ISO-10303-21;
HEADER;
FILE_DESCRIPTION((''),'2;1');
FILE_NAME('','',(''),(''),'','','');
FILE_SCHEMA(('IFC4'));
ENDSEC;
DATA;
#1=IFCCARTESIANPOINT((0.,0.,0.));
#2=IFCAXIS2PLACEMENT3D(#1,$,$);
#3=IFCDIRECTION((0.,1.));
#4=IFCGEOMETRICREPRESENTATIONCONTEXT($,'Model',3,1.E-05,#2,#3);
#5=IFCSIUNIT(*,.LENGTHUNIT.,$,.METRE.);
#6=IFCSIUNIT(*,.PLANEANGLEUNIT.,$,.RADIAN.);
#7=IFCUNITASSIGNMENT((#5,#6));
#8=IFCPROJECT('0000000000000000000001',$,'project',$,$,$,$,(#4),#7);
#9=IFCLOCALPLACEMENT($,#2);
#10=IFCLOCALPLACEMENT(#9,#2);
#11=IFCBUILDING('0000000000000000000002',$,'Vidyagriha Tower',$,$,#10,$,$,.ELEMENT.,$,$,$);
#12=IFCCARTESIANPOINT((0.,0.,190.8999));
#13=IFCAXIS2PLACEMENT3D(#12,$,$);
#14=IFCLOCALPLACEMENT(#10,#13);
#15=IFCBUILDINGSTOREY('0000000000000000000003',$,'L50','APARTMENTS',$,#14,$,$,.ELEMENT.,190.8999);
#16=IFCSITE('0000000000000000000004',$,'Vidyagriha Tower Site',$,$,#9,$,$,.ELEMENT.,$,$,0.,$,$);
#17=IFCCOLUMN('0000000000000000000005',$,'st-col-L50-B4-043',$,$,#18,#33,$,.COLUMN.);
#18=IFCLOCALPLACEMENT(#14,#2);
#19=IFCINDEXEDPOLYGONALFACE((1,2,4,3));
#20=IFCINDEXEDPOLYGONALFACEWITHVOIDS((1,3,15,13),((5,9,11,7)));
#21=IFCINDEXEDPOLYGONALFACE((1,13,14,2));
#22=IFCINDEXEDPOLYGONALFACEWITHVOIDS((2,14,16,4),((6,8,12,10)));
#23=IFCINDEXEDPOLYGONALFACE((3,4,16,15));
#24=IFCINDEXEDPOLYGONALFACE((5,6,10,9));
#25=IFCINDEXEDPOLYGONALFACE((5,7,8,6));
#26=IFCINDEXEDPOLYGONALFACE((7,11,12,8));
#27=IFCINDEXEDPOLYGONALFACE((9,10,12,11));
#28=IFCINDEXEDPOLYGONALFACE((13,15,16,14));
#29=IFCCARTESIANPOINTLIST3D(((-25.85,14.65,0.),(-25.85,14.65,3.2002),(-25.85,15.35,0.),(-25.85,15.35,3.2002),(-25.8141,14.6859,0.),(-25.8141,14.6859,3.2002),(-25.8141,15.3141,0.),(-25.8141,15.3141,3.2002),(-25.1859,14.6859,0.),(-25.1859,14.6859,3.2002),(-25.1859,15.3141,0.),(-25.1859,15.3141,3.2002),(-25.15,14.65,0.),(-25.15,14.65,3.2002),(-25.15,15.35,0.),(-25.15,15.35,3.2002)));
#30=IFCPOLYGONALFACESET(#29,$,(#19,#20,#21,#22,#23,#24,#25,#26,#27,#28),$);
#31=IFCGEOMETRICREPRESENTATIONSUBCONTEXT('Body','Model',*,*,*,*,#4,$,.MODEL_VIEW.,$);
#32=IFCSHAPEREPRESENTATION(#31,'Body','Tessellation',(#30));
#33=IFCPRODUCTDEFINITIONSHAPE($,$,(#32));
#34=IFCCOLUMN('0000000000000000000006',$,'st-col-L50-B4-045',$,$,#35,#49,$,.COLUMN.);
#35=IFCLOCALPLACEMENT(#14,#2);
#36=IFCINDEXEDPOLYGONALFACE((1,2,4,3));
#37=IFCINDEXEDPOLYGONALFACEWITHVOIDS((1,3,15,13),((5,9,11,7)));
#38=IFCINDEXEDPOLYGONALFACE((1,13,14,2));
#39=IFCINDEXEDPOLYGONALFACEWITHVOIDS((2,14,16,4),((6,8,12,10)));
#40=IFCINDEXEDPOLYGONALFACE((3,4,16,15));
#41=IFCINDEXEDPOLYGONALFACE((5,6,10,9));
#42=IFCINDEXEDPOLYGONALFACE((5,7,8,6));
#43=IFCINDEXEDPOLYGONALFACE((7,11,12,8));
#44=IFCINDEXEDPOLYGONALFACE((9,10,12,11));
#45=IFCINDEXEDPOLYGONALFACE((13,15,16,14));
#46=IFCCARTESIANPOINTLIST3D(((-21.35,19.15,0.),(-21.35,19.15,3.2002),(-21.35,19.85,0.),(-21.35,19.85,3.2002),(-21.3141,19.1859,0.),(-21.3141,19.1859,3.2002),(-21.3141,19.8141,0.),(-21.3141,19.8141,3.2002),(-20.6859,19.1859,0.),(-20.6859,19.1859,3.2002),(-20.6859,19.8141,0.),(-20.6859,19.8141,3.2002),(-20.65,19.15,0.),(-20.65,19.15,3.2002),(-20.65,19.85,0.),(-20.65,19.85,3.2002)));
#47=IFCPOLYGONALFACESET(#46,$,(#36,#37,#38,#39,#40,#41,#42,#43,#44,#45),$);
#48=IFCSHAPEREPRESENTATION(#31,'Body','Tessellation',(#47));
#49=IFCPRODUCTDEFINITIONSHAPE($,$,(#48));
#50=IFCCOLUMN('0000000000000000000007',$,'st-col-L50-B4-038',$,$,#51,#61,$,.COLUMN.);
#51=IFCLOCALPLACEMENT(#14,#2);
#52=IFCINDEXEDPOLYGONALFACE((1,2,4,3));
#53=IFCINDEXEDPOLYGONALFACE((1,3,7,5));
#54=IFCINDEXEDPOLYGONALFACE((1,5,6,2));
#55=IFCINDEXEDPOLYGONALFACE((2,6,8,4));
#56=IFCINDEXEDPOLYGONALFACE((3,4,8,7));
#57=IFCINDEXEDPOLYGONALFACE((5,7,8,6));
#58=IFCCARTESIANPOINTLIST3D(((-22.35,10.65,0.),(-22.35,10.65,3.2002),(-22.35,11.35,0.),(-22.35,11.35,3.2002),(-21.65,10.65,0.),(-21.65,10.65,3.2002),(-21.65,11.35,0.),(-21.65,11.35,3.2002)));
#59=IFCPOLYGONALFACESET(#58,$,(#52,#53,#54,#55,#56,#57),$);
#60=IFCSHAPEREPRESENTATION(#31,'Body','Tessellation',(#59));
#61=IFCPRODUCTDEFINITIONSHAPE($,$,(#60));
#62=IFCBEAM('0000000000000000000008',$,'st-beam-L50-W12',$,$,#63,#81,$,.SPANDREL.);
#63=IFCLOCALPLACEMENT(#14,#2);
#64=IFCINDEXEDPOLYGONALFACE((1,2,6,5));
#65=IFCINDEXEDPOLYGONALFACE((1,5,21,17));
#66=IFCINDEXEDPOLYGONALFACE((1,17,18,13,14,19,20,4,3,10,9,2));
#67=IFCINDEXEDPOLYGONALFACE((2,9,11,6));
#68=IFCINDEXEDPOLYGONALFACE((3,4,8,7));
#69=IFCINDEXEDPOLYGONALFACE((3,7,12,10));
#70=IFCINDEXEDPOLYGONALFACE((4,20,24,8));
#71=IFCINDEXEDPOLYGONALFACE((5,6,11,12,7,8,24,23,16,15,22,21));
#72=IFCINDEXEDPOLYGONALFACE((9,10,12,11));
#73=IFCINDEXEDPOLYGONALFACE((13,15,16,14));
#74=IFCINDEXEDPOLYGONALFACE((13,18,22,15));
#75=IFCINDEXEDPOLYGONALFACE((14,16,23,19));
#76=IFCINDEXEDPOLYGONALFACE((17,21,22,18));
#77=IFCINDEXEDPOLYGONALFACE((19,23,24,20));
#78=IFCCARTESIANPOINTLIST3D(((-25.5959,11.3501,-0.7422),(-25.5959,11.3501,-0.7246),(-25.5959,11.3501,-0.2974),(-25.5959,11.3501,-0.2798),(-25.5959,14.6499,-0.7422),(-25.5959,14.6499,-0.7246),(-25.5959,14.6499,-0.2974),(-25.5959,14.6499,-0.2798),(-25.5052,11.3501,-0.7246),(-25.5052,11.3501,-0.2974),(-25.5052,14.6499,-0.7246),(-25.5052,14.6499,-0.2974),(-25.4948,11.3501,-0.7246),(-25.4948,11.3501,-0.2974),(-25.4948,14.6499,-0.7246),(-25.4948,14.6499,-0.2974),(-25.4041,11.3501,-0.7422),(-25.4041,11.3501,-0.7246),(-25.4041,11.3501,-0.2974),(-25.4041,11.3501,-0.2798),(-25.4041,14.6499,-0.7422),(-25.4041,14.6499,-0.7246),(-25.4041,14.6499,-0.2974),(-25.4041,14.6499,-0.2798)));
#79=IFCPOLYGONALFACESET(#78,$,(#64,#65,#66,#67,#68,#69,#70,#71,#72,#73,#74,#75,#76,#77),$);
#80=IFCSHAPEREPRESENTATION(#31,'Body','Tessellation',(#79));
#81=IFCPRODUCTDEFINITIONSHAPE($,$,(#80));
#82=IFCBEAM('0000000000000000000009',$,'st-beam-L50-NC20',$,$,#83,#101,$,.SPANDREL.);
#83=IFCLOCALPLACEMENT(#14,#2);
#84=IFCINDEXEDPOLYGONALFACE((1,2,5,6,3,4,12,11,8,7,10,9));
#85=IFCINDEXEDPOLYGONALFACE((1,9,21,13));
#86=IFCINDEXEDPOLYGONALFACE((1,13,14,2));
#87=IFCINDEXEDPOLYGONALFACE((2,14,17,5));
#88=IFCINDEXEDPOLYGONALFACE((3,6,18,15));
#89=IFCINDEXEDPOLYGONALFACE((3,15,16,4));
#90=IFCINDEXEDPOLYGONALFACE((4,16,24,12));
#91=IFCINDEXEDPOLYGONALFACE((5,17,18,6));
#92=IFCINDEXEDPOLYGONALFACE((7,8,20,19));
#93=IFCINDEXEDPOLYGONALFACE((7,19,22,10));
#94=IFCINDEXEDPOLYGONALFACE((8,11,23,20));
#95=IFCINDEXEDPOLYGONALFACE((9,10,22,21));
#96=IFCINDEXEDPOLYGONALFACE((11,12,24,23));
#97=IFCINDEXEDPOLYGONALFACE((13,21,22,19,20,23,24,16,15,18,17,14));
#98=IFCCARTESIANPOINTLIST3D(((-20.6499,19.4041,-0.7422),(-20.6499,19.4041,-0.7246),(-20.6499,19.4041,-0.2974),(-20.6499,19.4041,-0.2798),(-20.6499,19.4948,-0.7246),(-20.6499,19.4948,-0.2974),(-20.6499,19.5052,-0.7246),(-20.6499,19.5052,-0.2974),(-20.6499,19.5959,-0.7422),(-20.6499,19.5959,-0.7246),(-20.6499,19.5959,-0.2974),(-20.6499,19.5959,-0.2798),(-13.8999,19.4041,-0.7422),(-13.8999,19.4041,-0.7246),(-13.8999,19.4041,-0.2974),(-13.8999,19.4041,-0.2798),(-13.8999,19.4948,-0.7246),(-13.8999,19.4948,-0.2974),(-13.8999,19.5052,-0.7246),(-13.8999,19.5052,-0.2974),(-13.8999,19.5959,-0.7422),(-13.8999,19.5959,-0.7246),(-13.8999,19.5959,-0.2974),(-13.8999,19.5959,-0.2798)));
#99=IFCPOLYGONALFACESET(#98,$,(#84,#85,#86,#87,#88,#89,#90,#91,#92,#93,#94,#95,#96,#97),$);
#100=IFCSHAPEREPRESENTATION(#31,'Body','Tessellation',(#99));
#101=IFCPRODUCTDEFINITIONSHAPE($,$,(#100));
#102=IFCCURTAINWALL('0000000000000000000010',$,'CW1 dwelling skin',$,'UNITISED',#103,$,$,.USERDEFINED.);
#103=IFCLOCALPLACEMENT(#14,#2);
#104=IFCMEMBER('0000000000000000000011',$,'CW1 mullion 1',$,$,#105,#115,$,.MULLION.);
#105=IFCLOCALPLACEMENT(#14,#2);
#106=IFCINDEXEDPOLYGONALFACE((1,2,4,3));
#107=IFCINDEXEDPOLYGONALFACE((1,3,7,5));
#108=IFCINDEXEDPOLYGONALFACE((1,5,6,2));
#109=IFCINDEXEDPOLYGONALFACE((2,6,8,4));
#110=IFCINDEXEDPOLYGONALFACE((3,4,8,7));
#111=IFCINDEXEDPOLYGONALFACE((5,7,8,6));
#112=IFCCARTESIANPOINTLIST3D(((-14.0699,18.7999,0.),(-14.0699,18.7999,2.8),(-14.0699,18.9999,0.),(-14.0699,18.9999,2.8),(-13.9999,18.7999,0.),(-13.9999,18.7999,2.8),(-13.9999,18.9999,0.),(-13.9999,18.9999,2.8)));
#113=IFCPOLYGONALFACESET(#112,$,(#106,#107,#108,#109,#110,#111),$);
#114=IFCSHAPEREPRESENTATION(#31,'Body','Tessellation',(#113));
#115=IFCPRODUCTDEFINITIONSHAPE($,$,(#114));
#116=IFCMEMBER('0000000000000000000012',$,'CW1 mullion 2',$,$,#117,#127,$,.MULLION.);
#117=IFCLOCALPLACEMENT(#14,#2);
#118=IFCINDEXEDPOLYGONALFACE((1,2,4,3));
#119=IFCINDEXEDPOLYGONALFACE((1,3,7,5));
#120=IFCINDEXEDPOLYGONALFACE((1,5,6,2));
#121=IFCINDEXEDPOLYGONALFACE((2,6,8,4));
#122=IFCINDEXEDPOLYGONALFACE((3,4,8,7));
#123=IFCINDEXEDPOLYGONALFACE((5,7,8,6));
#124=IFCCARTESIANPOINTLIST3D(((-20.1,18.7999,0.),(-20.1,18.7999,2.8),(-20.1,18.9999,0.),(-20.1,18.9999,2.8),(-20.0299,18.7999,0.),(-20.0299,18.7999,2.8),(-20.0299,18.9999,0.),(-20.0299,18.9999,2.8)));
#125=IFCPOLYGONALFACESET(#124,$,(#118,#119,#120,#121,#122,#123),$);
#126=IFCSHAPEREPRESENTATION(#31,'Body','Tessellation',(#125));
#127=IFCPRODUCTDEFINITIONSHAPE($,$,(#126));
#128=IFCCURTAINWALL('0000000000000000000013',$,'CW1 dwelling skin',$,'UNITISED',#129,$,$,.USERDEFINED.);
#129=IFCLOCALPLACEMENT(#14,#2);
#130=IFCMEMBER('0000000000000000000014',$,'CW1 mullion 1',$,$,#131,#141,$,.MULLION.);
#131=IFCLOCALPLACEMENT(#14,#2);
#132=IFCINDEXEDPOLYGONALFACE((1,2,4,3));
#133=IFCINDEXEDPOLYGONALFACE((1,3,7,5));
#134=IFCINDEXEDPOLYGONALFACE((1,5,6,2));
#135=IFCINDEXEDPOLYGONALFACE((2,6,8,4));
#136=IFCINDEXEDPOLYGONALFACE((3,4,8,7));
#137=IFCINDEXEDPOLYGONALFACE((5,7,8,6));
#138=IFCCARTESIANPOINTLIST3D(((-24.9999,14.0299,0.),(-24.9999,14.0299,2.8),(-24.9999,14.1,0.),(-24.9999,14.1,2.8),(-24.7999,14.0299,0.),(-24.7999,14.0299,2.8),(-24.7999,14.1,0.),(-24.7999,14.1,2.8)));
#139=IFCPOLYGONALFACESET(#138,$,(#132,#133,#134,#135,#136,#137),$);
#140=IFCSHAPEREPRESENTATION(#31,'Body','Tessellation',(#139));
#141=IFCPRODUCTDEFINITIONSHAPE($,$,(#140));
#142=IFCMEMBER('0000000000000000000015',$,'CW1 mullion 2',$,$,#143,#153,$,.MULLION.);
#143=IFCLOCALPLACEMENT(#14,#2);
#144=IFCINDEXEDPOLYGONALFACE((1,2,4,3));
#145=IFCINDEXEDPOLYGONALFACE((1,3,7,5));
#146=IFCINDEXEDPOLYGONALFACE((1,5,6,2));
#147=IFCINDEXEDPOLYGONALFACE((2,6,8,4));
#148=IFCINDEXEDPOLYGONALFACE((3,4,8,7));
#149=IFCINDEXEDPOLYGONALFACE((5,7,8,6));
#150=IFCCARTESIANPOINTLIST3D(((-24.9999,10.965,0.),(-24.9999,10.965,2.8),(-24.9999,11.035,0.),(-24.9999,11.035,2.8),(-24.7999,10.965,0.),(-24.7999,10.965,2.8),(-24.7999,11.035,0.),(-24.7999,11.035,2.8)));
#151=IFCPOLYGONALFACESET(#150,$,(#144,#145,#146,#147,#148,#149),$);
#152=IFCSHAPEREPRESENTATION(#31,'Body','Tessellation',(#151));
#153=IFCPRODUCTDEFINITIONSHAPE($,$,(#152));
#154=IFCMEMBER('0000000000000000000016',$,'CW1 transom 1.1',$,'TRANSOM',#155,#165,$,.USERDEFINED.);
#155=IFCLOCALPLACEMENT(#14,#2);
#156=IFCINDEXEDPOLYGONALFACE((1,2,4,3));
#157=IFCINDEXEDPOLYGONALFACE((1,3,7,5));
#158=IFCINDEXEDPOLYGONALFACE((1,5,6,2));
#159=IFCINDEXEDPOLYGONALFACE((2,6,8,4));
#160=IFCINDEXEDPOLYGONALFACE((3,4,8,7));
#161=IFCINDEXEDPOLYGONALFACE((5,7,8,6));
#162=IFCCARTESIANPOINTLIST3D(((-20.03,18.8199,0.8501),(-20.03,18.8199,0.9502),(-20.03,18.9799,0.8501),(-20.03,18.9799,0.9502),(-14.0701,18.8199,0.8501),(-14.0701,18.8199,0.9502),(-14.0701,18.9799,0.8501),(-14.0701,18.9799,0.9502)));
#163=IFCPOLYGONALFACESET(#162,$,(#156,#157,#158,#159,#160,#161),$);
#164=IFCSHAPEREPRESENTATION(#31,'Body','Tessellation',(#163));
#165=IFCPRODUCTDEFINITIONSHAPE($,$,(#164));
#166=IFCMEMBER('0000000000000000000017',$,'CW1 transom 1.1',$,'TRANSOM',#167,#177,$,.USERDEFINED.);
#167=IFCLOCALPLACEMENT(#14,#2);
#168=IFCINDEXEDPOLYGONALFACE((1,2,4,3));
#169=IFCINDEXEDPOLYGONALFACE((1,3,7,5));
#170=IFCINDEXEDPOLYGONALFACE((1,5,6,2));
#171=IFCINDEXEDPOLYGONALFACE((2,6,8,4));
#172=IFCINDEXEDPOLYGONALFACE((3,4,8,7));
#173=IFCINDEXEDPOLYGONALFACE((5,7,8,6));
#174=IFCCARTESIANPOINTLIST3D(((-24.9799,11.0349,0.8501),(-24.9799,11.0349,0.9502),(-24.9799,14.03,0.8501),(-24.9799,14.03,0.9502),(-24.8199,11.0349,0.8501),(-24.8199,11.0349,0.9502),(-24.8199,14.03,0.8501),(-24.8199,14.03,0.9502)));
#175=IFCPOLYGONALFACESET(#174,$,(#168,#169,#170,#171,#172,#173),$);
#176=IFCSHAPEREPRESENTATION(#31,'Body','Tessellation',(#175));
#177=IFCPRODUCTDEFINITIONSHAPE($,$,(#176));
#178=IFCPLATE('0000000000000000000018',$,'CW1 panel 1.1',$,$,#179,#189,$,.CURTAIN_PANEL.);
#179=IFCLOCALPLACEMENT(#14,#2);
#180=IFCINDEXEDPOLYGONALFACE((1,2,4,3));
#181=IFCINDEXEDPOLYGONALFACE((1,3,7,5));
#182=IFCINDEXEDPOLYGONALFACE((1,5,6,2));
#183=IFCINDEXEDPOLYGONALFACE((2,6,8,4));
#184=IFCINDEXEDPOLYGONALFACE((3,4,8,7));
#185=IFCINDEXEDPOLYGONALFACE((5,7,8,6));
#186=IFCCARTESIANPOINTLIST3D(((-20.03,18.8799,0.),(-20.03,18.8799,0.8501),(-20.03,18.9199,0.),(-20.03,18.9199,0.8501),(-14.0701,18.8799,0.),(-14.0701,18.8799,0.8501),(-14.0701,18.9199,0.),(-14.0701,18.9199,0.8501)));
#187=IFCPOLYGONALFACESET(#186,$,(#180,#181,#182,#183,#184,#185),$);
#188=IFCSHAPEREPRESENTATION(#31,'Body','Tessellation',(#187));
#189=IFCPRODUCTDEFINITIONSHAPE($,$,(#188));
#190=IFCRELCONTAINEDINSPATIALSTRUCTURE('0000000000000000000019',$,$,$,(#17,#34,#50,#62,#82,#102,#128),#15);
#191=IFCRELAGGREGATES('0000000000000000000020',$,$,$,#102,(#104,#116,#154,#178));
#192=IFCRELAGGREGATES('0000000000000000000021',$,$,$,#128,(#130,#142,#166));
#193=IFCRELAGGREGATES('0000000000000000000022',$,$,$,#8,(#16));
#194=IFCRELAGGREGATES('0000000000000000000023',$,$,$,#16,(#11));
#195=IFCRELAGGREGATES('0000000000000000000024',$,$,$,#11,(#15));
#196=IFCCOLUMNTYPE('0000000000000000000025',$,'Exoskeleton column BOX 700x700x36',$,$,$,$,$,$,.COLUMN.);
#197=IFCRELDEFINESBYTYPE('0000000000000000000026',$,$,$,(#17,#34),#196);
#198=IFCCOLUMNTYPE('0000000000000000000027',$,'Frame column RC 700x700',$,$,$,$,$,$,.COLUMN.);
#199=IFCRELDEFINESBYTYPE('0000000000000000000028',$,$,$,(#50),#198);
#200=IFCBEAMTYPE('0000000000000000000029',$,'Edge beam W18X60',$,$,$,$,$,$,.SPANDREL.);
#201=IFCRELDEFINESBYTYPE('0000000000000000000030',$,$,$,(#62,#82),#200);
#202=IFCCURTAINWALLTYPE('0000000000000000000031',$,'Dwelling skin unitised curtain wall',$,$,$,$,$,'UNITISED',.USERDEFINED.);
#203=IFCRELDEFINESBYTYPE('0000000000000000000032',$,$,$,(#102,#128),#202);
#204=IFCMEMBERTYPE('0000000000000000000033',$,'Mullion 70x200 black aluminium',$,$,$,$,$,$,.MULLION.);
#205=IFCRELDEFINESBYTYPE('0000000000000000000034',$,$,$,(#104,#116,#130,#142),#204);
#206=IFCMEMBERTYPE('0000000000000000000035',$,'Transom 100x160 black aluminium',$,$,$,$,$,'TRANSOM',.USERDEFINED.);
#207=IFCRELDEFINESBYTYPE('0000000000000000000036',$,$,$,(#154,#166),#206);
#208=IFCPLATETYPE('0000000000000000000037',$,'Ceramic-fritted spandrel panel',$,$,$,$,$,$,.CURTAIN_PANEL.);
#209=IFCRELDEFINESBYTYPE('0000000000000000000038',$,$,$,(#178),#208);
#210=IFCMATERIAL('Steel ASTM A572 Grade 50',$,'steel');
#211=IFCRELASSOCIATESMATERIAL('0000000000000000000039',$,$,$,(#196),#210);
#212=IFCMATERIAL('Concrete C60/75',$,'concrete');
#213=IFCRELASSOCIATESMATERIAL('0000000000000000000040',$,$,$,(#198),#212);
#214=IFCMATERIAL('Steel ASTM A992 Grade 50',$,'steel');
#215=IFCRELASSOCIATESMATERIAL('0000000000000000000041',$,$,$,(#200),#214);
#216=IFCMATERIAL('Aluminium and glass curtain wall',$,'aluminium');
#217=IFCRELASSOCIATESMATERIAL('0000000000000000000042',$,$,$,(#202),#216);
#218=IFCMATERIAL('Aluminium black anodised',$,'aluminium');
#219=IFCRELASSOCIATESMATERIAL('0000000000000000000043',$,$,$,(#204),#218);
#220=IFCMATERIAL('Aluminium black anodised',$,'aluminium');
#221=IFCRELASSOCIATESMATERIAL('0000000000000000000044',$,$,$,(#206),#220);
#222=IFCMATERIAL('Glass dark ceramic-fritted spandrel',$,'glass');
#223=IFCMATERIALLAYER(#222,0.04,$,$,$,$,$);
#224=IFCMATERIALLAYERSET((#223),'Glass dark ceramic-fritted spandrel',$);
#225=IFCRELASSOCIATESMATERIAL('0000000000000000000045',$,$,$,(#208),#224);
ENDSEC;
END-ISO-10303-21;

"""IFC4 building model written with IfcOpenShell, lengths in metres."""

from ifc_helpers import new_model, si_unit, direction, frame, origin, origin_2d, place, context, subcontext, project, spatial, rectangle, hollow_rectangle, i_section, extrude, material, layer, layer_set, material_profile, profile_set, type_object, element, aggregate, save


model = new_model("IFC4")

# Units and contexts
model_context = context("Model", 3, precision=1e-05, world=origin(), true_north=direction((0.0, 1.0)))
body_context = subcontext(model_context, "Body", "Model", "MODEL_VIEW")
ifc_project = project(units=[si_unit("LENGTHUNIT", "METRE"), si_unit("PLANEANGLEUNIT", "RADIAN")], contexts=[model_context])

# Site, building, storey
site_placement = place(None, origin())
site = spatial("IfcSite", under=ifc_project, at=site_placement, Name="Vidyagriha Tower Site", CompositionType="ELEMENT", RefElevation=0.0)
building_placement = place(site_placement, origin())
building = spatial("IfcBuilding", under=site, at=building_placement, Name="Vidyagriha Tower", CompositionType="ELEMENT")
storey_placement = place(building_placement, frame((0.0, 0.0, 190.8999)))
storey = spatial("IfcBuildingStorey", under=building, at=storey_placement, Name="L50", Description="APARTMENTS", CompositionType="ELEMENT", Elevation=190.8999)

# Columns
ifc_material_1 = material(Name="Steel ASTM A572 Grade 50", Category="steel")
ifc_material_profile_1 = material_profile(ifc_material_1, hollow_rectangle(XDim=0.7, YDim=0.7, WallThickness=0.0359, at=origin_2d()), Name="BOX 700x700x36")
ifc_profile_set_1 = profile_set([ifc_material_profile_1], Name="Steel ASTM A572 Grade 50")
column_type_1 = type_object("IfcColumnType", Name="Exoskeleton column BOX 700x700x36", PredefinedType="COLUMN", material=ifc_profile_set_1)
for number, where, name in (
    (1, (-25.5, 15.0, 0.0), "st-col-L50-B4-043"),
    (2, (-21.0, 19.5, 0.0), "st-col-L50-B4-045"),
):
    element("IfcColumn", number, at=place(storey_placement, frame(where)), inside=storey, type_object=column_type_1, Name=name, PredefinedType="COLUMN", context=body_context, shape_type="SweptSolid", body=[
        extrude(hollow_rectangle(XDim=0.7, YDim=0.7, WallThickness=0.0359, at=origin_2d()), origin(), (0.0, 0.0, 1.0), 3.2002),
    ])
ifc_material_2 = material(Name="Concrete C60/75", Category="concrete")
ifc_material_profile_2 = material_profile(ifc_material_2, rectangle(XDim=0.7, YDim=0.7, at=origin_2d()), Name="RC 700x700")
ifc_profile_set_2 = profile_set([ifc_material_profile_2], Name="Concrete C60/75")
column_type_2 = type_object("IfcColumnType", Name="Frame column RC 700x700", PredefinedType="COLUMN", material=ifc_profile_set_2)
column_placement = place(storey_placement, frame((-22.0, 11.0, 0.0)))
element("IfcColumn", 3, at=column_placement, inside=storey, type_object=column_type_2, Name="st-col-L50-B4-038", PredefinedType="COLUMN", context=body_context, shape_type="SweptSolid", body=[
    extrude(rectangle(XDim=0.7, YDim=0.7, at=origin_2d()), origin(), (0.0, 0.0, 1.0), 3.2002),
])

# Beams
ifc_material_3 = material(Name="Steel ASTM A992 Grade 50", Category="steel")
ifc_material_profile_3 = material_profile(ifc_material_3, i_section(OverallWidth=0.1919, OverallDepth=0.4624, WebThickness=0.0105, FlangeThickness=0.0176, at=origin_2d()), Name="W18X60")
ifc_profile_set_3 = profile_set([ifc_material_profile_3], Name="Steel ASTM A992 Grade 50")
beam_type = type_object("IfcBeamType", Name="Edge beam W18X60", PredefinedType="SPANDREL", material=ifc_profile_set_3)
beam_1_placement = place(storey_placement, frame((-25.5, 11.3501, -0.511), z_axis=(0.0, 1.0, 0.0), x_axis=(-1.0, 0.0, 0.0)))
element("IfcBeam", 4, at=beam_1_placement, inside=storey, type_object=beam_type, Name="st-beam-L50-W12", PredefinedType="SPANDREL", context=body_context, shape_type="SweptSolid", body=[
    extrude(i_section(OverallWidth=0.1919, OverallDepth=0.4624, WebThickness=0.0105, FlangeThickness=0.0176, at=origin_2d()), origin(), (0.0, 0.0, 1.0), 3.2998),
])
beam_2_placement = place(storey_placement, frame((-20.6499, 19.5, -0.511), z_axis=(1.0, 0.0, 0.0), x_axis=(0.0, 1.0, 0.0)))
element("IfcBeam", 5, at=beam_2_placement, inside=storey, type_object=beam_type, Name="st-beam-L50-NC20", PredefinedType="SPANDREL", context=body_context, shape_type="SweptSolid", body=[
    extrude(i_section(OverallWidth=0.1919, OverallDepth=0.4624, WebThickness=0.0105, FlangeThickness=0.0176, at=origin_2d()), origin(), (0.0, 0.0, 1.0), 6.75),
])

# Curtain walls, members
ifc_material_4 = material(Name="Aluminium and glass curtain wall", Category="aluminium")
curtain_wall_type = type_object("IfcCurtainWallType", Name="Dwelling skin unitised curtain wall", ElementType="UNITISED", PredefinedType="USERDEFINED", material=ifc_material_4)
curtain_wall_1_placement = place(storey_placement, origin())
curtain_wall_1 = element("IfcCurtainWall", 6, at=curtain_wall_1_placement, inside=storey, type_object=curtain_wall_type, Name="CW1 dwelling skin", ObjectType="UNITISED", PredefinedType="USERDEFINED")
ifc_material_5 = material(Name="Aluminium black anodised", Category="aluminium")
ifc_material_profile_4 = material_profile(ifc_material_5, rectangle(XDim=0.2, YDim=0.0701, at=origin_2d()), Name="Mullion 70x200 black aluminium")
ifc_profile_set_4 = profile_set([ifc_material_profile_4], Name="Aluminium black anodised")
member_type_1 = type_object("IfcMemberType", Name="Mullion 70x200 black aluminium", PredefinedType="MULLION", material=ifc_profile_set_4)
member_1_placement = place(storey_placement, frame((-14.0349, 18.8999, 0.0), z_axis=(0.0, 0.0, 1.0), x_axis=(0.0, -1.0, 0.0)))
member_1 = element("IfcMember", 7, at=member_1_placement, type_object=member_type_1, Name="CW1 mullion 1", PredefinedType="MULLION", context=body_context, shape_type="SweptSolid", body=[
    extrude(rectangle(XDim=0.2, YDim=0.0701, at=origin_2d()), origin(), (0.0, 0.0, 1.0), 2.8),
])
member_2_placement = place(storey_placement, frame((-20.0649, 18.8999, 0.0), z_axis=(0.0, 0.0, 1.0), x_axis=(0.0, -1.0, 0.0)))
member_2 = element("IfcMember", 8, at=member_2_placement, type_object=member_type_1, Name="CW1 mullion 2", PredefinedType="MULLION", context=body_context, shape_type="SweptSolid", body=[
    extrude(rectangle(XDim=0.2, YDim=0.0701, at=origin_2d()), origin(), (0.0, 0.0, 1.0), 2.8),
])
curtain_wall_2_placement = place(storey_placement, origin())
curtain_wall_2 = element("IfcCurtainWall", 9, at=curtain_wall_2_placement, inside=storey, type_object=curtain_wall_type, Name="CW1 dwelling skin", ObjectType="UNITISED", PredefinedType="USERDEFINED")
member_3_placement = place(storey_placement, frame((-24.8999, 14.0649, 0.0)))
member_3 = element("IfcMember", 10, at=member_3_placement, type_object=member_type_1, Name="CW1 mullion 1", PredefinedType="MULLION", context=body_context, shape_type="SweptSolid", body=[
    extrude(rectangle(XDim=0.2, YDim=0.0701, at=origin_2d()), origin(), (0.0, 0.0, 1.0), 2.8),
])
member_4_placement = place(storey_placement, frame((-24.8999, 11.0, 0.0)))
member_4 = element("IfcMember", 11, at=member_4_placement, type_object=member_type_1, Name="CW1 mullion 2", PredefinedType="MULLION", context=body_context, shape_type="SweptSolid", body=[
    extrude(rectangle(XDim=0.2, YDim=0.0701, at=origin_2d()), origin(), (0.0, 0.0, 1.0), 2.8),
])

# Members
ifc_material_6 = material(Name="Aluminium black anodised", Category="aluminium")
ifc_material_profile_5 = material_profile(ifc_material_6, rectangle(XDim=0.1599, YDim=0.1001, at=origin_2d()), Name="Transom 100x160 black aluminium")
ifc_profile_set_5 = profile_set([ifc_material_profile_5], Name="Aluminium black anodised")
member_type_2 = type_object("IfcMemberType", Name="Transom 100x160 black aluminium", ElementType="TRANSOM", PredefinedType="USERDEFINED", material=ifc_profile_set_5)
member_5_placement = place(storey_placement, frame((-14.0701, 18.8999, 0.9001), z_axis=(-1.0, 0.0, 0.0), x_axis=(0.0, -1.0, 0.0)))
member_5 = element("IfcMember", 12, at=member_5_placement, type_object=member_type_2, Name="CW1 transom 1.1", ObjectType="TRANSOM", PredefinedType="USERDEFINED", context=body_context, shape_type="SweptSolid", body=[
    extrude(rectangle(XDim=0.1599, YDim=0.1001, at=origin_2d()), origin(), (0.0, 0.0, 1.0), 5.96),
])
member_6_placement = place(storey_placement, frame((-24.8999, 14.03, 0.9001), z_axis=(0.0, -1.0, 0.0), x_axis=(1.0, 0.0, 0.0)))
member_6 = element("IfcMember", 13, at=member_6_placement, type_object=member_type_2, Name="CW1 transom 1.1", ObjectType="TRANSOM", PredefinedType="USERDEFINED", context=body_context, shape_type="SweptSolid", body=[
    extrude(rectangle(XDim=0.1599, YDim=0.1001, at=origin_2d()), origin(), (0.0, 0.0, 1.0), 2.9951),
])

# Plate
ifc_material_7 = material(Name="Glass dark ceramic-fritted spandrel", Category="glass")
ifc_layer_1 = layer(ifc_material_7, 0.04)
ifc_layer_set_1 = layer_set([ifc_layer_1], Name="Glass dark ceramic-fritted spandrel")
plate_type_1 = type_object("IfcPlateType", Name="Ceramic-fritted spandrel panel", PredefinedType="CURTAIN_PANEL", material=ifc_layer_set_1)
plate_1_placement = place(storey_placement, frame((-17.05, 18.8999, 0.0), z_axis=(0.0, 0.0, 1.0), x_axis=(-1.0, 0.0, 0.0)))
plate_1 = element("IfcPlate", 14, at=plate_1_placement, type_object=plate_type_1, Name="CW1 panel 1.1", PredefinedType="CURTAIN_PANEL", context=body_context, shape_type="SweptSolid", body=[
    extrude(rectangle(XDim=5.96, YDim=0.04, at=origin_2d()), origin(), (0.0, 0.0, 1.0), 0.8501),
])
aggregate(curtain_wall_1, [member_1, member_2, member_5, plate_1])
aggregate(curtain_wall_2, [member_3, member_4, member_6])

save(model, "model.ifc")
